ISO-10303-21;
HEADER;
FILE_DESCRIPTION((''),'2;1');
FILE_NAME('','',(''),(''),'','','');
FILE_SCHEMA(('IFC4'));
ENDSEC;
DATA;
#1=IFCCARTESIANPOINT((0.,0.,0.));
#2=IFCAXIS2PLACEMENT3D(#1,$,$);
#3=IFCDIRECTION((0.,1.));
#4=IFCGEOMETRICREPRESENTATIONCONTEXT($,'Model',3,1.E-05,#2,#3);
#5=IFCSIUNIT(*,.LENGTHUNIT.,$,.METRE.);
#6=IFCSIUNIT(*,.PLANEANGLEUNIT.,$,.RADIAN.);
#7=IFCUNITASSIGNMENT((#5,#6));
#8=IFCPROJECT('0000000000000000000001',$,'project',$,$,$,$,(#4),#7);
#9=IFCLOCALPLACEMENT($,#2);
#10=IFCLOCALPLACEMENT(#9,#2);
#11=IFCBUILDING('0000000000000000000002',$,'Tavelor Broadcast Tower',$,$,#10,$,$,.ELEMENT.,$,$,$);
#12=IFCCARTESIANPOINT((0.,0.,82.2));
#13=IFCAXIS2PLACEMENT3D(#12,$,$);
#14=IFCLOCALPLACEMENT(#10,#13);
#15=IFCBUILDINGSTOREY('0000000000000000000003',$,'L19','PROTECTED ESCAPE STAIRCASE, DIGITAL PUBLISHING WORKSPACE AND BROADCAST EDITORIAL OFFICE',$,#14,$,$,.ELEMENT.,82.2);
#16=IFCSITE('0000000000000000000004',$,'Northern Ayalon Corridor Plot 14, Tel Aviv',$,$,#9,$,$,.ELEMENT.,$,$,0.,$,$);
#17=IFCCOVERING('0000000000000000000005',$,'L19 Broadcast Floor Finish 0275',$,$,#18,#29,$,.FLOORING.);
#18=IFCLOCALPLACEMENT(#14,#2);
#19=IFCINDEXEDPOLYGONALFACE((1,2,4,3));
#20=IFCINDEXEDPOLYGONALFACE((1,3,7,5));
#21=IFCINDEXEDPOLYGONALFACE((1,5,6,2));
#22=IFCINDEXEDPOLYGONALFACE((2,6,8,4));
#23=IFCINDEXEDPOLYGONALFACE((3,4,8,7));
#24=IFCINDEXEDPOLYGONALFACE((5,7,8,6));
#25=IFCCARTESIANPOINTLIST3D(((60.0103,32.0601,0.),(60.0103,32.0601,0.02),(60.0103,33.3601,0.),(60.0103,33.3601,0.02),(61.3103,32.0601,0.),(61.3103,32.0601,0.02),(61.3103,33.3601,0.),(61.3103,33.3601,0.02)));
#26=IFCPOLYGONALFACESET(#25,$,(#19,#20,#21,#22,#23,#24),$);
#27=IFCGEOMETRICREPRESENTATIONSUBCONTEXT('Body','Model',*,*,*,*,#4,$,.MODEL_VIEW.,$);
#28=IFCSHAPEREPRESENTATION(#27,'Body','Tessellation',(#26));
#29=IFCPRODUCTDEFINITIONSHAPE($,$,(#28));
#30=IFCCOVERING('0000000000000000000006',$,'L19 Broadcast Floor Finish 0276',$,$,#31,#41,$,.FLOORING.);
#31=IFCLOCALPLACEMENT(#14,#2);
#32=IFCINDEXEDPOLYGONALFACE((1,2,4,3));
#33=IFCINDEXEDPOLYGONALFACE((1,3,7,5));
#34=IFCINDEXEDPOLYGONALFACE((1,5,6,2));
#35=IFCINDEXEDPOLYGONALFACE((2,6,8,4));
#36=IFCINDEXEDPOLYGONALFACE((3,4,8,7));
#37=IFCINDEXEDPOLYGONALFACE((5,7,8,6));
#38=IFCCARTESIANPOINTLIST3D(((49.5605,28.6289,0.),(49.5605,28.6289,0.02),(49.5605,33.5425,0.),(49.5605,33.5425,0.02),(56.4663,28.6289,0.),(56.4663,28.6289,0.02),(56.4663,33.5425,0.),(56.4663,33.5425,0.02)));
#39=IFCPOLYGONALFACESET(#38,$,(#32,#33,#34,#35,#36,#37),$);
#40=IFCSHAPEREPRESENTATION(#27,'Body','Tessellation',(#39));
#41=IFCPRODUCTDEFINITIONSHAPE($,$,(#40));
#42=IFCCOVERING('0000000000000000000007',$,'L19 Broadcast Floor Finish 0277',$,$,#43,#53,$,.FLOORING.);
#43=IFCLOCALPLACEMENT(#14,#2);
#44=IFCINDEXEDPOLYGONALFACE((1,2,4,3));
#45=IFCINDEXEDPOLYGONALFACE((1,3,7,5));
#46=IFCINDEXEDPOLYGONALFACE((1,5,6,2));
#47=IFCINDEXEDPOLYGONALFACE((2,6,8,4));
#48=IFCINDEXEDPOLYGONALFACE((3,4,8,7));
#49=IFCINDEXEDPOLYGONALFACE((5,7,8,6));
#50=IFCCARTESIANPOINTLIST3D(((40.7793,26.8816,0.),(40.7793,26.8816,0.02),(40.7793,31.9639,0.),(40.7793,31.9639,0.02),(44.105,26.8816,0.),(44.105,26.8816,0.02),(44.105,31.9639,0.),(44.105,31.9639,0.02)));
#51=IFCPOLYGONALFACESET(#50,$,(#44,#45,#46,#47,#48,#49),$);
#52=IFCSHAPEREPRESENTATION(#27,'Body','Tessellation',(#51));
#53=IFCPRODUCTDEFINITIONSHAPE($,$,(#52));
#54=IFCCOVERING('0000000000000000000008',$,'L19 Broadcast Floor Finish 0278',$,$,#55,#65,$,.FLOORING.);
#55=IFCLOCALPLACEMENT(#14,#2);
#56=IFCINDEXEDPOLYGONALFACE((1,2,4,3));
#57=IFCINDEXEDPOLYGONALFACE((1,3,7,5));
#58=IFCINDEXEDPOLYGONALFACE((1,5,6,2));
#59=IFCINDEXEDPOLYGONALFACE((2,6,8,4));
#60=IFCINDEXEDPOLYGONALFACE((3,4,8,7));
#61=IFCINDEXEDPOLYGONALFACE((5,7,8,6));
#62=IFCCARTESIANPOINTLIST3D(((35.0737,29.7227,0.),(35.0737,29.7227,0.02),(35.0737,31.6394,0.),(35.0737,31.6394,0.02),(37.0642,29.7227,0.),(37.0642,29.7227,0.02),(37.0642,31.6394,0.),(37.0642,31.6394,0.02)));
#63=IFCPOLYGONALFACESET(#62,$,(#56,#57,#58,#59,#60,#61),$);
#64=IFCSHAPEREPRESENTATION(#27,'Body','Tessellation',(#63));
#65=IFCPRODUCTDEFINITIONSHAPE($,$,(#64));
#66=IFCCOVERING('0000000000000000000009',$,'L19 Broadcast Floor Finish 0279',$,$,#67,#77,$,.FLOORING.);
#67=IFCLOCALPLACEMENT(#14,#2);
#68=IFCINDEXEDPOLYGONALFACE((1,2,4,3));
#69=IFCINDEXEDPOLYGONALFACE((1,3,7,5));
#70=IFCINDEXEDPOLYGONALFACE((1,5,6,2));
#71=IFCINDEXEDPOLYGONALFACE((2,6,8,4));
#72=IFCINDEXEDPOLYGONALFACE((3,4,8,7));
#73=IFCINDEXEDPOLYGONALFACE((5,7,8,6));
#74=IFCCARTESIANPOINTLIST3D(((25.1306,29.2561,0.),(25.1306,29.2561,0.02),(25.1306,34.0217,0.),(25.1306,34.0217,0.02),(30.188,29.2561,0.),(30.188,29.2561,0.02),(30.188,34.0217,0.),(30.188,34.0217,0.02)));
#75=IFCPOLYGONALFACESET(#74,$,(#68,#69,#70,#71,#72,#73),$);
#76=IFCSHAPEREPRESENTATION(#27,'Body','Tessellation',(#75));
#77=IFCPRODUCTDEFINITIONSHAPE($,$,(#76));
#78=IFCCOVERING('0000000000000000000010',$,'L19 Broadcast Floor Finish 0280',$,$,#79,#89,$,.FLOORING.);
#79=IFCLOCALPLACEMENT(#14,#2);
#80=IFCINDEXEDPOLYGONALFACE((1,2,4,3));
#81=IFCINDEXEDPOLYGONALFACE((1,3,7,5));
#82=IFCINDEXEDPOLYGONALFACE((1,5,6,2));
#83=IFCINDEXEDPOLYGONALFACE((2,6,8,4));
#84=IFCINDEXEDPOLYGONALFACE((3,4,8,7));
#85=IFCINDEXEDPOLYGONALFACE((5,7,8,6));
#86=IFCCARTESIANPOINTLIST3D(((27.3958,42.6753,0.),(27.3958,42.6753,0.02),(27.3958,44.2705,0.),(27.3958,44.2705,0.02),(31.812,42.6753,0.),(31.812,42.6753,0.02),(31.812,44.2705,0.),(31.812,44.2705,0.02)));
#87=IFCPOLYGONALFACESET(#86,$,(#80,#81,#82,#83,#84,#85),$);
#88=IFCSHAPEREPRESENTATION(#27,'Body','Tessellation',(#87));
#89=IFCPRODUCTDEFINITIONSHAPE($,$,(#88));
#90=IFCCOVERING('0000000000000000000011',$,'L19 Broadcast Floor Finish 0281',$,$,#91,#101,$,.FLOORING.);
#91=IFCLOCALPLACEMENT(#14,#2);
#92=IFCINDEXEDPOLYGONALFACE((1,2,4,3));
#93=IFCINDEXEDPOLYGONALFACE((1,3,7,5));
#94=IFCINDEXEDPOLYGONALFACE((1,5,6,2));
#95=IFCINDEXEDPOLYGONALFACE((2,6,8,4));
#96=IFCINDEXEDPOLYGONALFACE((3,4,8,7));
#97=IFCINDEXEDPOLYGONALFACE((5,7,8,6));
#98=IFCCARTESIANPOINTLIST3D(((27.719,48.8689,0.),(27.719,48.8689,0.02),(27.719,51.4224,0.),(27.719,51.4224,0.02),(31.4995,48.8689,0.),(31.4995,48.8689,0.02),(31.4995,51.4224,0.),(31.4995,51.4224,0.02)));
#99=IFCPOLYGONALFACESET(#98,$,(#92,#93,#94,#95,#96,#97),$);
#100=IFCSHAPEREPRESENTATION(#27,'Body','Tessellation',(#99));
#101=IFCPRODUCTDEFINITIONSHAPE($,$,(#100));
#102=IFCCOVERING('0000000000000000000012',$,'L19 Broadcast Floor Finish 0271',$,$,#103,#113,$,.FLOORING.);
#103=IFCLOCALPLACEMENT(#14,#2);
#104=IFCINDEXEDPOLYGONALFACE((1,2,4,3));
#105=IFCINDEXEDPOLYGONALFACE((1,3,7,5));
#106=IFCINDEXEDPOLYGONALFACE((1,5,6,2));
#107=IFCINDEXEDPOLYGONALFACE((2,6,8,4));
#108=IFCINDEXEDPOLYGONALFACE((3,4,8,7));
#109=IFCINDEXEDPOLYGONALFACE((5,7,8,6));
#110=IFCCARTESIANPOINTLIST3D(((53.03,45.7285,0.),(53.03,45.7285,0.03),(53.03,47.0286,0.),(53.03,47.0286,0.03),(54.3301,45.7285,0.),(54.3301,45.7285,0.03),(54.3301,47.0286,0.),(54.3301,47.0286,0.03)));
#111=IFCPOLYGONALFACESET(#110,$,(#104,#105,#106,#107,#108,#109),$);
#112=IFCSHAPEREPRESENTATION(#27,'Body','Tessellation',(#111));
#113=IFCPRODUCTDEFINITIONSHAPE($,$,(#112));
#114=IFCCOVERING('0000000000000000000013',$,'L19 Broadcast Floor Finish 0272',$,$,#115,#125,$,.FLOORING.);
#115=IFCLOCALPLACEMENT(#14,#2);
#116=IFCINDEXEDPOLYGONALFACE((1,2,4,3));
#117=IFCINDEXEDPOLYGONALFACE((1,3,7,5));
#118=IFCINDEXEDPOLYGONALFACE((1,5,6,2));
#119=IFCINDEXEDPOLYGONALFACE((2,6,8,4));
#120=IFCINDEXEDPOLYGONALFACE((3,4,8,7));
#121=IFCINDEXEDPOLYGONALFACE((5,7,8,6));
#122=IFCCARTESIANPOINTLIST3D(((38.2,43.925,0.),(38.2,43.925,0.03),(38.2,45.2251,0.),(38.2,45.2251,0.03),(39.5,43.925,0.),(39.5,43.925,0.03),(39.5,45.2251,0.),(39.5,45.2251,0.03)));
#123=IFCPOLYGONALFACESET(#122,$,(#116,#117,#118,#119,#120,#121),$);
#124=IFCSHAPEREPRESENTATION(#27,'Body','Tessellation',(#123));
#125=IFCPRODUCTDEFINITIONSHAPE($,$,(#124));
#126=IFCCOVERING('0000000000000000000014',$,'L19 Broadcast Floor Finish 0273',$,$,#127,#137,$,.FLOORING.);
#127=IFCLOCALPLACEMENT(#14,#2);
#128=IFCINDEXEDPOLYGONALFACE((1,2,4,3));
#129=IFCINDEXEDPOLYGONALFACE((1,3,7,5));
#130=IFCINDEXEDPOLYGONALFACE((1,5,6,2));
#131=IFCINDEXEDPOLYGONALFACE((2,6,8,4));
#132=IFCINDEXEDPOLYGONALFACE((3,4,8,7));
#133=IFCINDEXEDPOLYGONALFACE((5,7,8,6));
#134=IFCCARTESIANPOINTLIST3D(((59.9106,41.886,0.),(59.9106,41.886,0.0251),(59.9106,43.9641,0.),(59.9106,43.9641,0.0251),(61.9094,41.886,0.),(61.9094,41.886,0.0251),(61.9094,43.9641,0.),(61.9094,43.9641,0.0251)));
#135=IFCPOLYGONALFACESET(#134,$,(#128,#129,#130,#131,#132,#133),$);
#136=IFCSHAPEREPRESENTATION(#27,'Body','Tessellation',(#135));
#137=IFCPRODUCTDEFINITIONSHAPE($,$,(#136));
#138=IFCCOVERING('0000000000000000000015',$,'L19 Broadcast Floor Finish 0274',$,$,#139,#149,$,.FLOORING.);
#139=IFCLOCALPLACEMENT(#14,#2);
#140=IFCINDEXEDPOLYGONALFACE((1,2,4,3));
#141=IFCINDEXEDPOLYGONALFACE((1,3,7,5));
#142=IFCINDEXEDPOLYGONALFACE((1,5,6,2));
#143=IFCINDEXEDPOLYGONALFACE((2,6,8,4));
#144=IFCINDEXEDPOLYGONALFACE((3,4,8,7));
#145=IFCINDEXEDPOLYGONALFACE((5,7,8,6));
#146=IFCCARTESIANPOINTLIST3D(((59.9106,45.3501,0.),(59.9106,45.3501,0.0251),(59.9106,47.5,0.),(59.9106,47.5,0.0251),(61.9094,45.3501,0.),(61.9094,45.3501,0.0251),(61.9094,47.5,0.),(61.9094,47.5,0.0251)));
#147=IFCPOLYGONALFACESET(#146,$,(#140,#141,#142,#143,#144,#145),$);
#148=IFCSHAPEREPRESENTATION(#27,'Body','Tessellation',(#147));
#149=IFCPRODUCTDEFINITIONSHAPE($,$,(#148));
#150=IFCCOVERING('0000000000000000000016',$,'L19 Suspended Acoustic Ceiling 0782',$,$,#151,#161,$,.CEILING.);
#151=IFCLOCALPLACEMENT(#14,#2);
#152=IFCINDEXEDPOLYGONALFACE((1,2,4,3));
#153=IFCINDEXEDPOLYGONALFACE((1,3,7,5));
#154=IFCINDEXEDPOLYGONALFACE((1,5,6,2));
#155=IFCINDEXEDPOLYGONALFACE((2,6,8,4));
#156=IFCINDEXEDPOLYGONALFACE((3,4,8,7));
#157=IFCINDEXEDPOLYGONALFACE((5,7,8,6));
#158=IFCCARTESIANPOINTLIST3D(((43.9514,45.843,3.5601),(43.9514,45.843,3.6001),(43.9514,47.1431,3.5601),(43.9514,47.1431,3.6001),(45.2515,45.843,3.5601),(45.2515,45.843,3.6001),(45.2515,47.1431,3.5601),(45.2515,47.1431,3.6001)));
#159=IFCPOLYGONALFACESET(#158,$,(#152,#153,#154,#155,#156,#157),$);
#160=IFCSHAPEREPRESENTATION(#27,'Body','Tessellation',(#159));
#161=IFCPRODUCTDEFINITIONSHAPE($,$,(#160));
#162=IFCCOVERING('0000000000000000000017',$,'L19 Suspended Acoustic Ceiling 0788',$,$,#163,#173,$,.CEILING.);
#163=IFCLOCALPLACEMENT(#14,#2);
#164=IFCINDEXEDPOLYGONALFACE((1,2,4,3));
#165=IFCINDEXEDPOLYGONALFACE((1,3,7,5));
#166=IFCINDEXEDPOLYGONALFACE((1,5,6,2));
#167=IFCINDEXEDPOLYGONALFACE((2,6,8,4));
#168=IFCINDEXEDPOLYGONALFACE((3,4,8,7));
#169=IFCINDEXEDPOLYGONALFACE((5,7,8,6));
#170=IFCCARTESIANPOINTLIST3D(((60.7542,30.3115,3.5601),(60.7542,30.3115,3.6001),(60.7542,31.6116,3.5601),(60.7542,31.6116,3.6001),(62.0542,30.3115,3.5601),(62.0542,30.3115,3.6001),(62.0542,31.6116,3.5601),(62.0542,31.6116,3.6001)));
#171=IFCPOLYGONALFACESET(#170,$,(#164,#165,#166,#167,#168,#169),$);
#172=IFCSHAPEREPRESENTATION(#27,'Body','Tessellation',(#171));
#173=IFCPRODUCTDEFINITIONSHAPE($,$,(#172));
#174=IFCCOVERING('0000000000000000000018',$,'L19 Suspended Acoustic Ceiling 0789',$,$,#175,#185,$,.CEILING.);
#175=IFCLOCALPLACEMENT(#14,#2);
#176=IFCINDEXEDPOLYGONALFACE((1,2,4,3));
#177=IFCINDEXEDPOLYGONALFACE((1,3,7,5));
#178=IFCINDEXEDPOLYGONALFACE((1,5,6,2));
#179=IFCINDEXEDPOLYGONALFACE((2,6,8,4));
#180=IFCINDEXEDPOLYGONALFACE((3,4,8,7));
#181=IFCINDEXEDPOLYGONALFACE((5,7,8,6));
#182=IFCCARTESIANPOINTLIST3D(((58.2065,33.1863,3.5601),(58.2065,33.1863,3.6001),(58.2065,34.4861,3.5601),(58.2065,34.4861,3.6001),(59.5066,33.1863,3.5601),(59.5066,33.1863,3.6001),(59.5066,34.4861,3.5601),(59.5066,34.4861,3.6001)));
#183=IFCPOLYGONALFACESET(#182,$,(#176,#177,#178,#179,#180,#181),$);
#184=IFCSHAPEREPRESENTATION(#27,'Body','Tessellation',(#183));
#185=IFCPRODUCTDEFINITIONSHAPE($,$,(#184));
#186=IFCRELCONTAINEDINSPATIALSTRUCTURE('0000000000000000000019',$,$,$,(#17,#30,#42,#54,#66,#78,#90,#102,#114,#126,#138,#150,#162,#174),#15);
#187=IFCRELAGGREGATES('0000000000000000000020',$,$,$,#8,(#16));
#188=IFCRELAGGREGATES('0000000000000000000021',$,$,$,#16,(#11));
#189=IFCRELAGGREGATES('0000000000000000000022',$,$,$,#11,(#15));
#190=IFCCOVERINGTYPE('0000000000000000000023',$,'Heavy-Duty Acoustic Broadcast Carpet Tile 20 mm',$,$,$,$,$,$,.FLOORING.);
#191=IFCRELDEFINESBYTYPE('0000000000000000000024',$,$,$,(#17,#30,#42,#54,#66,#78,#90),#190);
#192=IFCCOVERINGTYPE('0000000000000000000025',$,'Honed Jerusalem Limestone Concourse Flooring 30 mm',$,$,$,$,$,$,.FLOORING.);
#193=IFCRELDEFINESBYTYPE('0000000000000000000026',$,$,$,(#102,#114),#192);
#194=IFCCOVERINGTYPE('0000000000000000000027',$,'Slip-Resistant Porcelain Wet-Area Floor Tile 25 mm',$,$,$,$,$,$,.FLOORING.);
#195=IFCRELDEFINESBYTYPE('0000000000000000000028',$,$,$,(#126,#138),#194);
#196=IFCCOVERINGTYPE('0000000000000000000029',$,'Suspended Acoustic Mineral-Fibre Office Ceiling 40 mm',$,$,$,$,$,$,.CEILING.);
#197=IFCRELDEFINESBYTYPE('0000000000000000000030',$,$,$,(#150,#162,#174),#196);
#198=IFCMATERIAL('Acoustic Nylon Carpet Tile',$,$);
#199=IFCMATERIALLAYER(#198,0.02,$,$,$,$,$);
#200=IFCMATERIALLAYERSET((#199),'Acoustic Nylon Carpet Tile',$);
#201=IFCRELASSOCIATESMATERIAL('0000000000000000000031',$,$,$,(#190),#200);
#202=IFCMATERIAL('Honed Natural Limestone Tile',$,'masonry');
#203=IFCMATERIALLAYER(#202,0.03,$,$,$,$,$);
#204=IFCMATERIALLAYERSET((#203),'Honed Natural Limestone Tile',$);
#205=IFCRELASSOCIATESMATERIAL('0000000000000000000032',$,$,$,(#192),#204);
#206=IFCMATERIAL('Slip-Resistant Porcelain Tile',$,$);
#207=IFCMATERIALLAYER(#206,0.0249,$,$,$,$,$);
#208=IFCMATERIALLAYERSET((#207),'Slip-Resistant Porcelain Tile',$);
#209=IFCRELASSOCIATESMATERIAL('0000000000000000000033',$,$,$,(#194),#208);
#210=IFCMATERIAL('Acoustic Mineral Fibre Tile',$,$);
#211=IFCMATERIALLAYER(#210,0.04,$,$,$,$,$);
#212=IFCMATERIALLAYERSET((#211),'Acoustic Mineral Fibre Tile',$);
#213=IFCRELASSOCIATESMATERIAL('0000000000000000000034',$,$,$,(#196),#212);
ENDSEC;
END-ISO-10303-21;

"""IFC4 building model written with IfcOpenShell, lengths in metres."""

from ifc_helpers import new_model, si_unit, direction, frame, origin, place, context, subcontext, project, spatial, polyline, outline, extrude, material, layer, layer_set, type_object, element, save


model = new_model("IFC4")

# Units and contexts
model_context = context("Model", 3, precision=1e-05, world=origin(), true_north=direction((0.0, 1.0)))
body_context = subcontext(model_context, "Body", "Model", "MODEL_VIEW")
ifc_project = project(units=[si_unit("LENGTHUNIT", "METRE"), si_unit("PLANEANGLEUNIT", "RADIAN")], contexts=[model_context])

# Site, building, storey
site_placement = place(None, origin())
site = spatial("IfcSite", under=ifc_project, at=site_placement, Name="Northern Ayalon Corridor Plot 14, Tel Aviv", CompositionType="ELEMENT", RefElevation=0.0)
building_placement = place(site_placement, origin())
building = spatial("IfcBuilding", under=site, at=building_placement, Name="Tavelor Broadcast Tower", CompositionType="ELEMENT")
storey_placement = place(building_placement, frame((0.0, 0.0, 82.2)))
storey = spatial("IfcBuildingStorey", under=building, at=storey_placement, Name="L19", Description="PROTECTED ESCAPE STAIRCASE, DIGITAL PUBLISHING WORKSPACE AND BROADCAST EDITORIAL OFFICE", CompositionType="ELEMENT", Elevation=82.2)

# Coverings
ifc_material_1 = material(Name="Acoustic Nylon Carpet Tile")
ifc_layer_1 = layer(ifc_material_1, 0.02)
ifc_layer_set_1 = layer_set([ifc_layer_1], Name="Acoustic Nylon Carpet Tile")
covering_type_1 = type_object("IfcCoveringType", Name="Heavy-Duty Acoustic Broadcast Carpet Tile 20 mm", PredefinedType="FLOORING", material=ifc_layer_set_1)
covering_1_placement = place(storey_placement, origin())
element("IfcCovering", 1, at=covering_1_placement, inside=storey, type_object=covering_type_1, Name="L19 Broadcast Floor Finish 0275", PredefinedType="FLOORING", context=body_context, shape_type="SweptSolid", body=[
    extrude(outline(polyline([(60.0103, 32.0601), (61.3103, 32.0601), (61.3103, 33.3601), (60.0103, 33.3601), (60.0103, 32.0601)])), origin(), (0.0, 0.0, 1.0), 0.02),
])
covering_2_placement = place(storey_placement, origin())
element("IfcCovering", 2, at=covering_2_placement, inside=storey, type_object=covering_type_1, Name="L19 Broadcast Floor Finish 0276", PredefinedType="FLOORING", context=body_context, shape_type="SweptSolid", body=[
    extrude(outline(polyline([(49.5605, 28.6289), (56.4663, 28.6289), (56.4663, 33.5425), (49.5605, 33.5425), (49.5605, 28.6289)])), origin(), (0.0, 0.0, 1.0), 0.02),
])
covering_3_placement = place(storey_placement, origin())
element("IfcCovering", 3, at=covering_3_placement, inside=storey, type_object=covering_type_1, Name="L19 Broadcast Floor Finish 0277", PredefinedType="FLOORING", context=body_context, shape_type="SweptSolid", body=[
    extrude(outline(polyline([(40.7793, 26.8816), (44.105, 26.8816), (44.105, 31.9639), (40.7793, 31.9639), (40.7793, 26.8816)])), origin(), (0.0, 0.0, 1.0), 0.02),
])
covering_4_placement = place(storey_placement, origin())
element("IfcCovering", 4, at=covering_4_placement, inside=storey, type_object=covering_type_1, Name="L19 Broadcast Floor Finish 0278", PredefinedType="FLOORING", context=body_context, shape_type="SweptSolid", body=[
    extrude(outline(polyline([(35.0737, 29.7227), (37.0642, 29.7227), (37.0642, 31.6394), (35.0737, 31.6394), (35.0737, 29.7227)])), origin(), (0.0, 0.0, 1.0), 0.02),
])
covering_5_placement = place(storey_placement, origin())
element("IfcCovering", 5, at=covering_5_placement, inside=storey, type_object=covering_type_1, Name="L19 Broadcast Floor Finish 0279", PredefinedType="FLOORING", context=body_context, shape_type="SweptSolid", body=[
    extrude(outline(polyline([(25.1306, 29.2561), (30.188, 29.2561), (30.188, 34.0217), (25.1306, 34.0217), (25.1306, 29.2561)])), origin(), (0.0, 0.0, 1.0), 0.02),
])
covering_6_placement = place(storey_placement, origin())
element("IfcCovering", 6, at=covering_6_placement, inside=storey, type_object=covering_type_1, Name="L19 Broadcast Floor Finish 0280", PredefinedType="FLOORING", context=body_context, shape_type="SweptSolid", body=[
    extrude(outline(polyline([(27.3958, 42.6753), (31.812, 42.6753), (31.812, 44.2705), (27.3958, 44.2705), (27.3958, 42.6753)])), origin(), (0.0, 0.0, 1.0), 0.02),
])
covering_7_placement = place(storey_placement, origin())
element("IfcCovering", 7, at=covering_7_placement, inside=storey, type_object=covering_type_1, Name="L19 Broadcast Floor Finish 0281", PredefinedType="FLOORING", context=body_context, shape_type="SweptSolid", body=[
    extrude(outline(polyline([(27.719, 48.8689), (31.4995, 48.8689), (31.4995, 51.4224), (27.719, 51.4224), (27.719, 48.8689)])), origin(), (0.0, 0.0, 1.0), 0.02),
])
ifc_material_2 = material(Name="Honed Natural Limestone Tile", Category="masonry")
ifc_layer_2 = layer(ifc_material_2, 0.03)
ifc_layer_set_2 = layer_set([ifc_layer_2], Name="Honed Natural Limestone Tile")
covering_type_2 = type_object("IfcCoveringType", Name="Honed Jerusalem Limestone Concourse Flooring 30 mm", PredefinedType="FLOORING", material=ifc_layer_set_2)
covering_8_placement = place(storey_placement, origin())
element("IfcCovering", 8, at=covering_8_placement, inside=storey, type_object=covering_type_2, Name="L19 Broadcast Floor Finish 0271", PredefinedType="FLOORING", context=body_context, shape_type="SweptSolid", body=[
    extrude(outline(polyline([(53.03, 45.7285), (54.3301, 45.7285), (54.3301, 47.0286), (53.03, 47.0286), (53.03, 45.7285)])), origin(), (0.0, 0.0, 1.0), 0.03),
])
covering_9_placement = place(storey_placement, origin())
element("IfcCovering", 9, at=covering_9_placement, inside=storey, type_object=covering_type_2, Name="L19 Broadcast Floor Finish 0272", PredefinedType="FLOORING", context=body_context, shape_type="SweptSolid", body=[
    extrude(outline(polyline([(38.2, 43.925), (39.5, 43.925), (39.5, 45.2251), (38.2, 45.2251), (38.2, 43.925)])), origin(), (0.0, 0.0, 1.0), 0.03),
])
ifc_material_3 = material(Name="Slip-Resistant Porcelain Tile")
ifc_layer_3 = layer(ifc_material_3, 0.0249)
ifc_layer_set_3 = layer_set([ifc_layer_3], Name="Slip-Resistant Porcelain Tile")
covering_type_3 = type_object("IfcCoveringType", Name="Slip-Resistant Porcelain Wet-Area Floor Tile 25 mm", PredefinedType="FLOORING", material=ifc_layer_set_3)
covering_10_placement = place(storey_placement, origin())
element("IfcCovering", 10, at=covering_10_placement, inside=storey, type_object=covering_type_3, Name="L19 Broadcast Floor Finish 0273", PredefinedType="FLOORING", context=body_context, shape_type="SweptSolid", body=[
    extrude(outline(polyline([(59.9106, 41.886), (61.9094, 41.886), (61.9094, 43.9641), (59.9106, 43.9641), (59.9106, 41.886)])), origin(), (0.0, 0.0, 1.0), 0.0251),
])
covering_11_placement = place(storey_placement, origin())
element("IfcCovering", 11, at=covering_11_placement, inside=storey, type_object=covering_type_3, Name="L19 Broadcast Floor Finish 0274", PredefinedType="FLOORING", context=body_context, shape_type="SweptSolid", body=[
    extrude(outline(polyline([(59.9106, 45.3501), (61.9094, 45.3501), (61.9094, 47.5), (59.9106, 47.5), (59.9106, 45.3501)])), origin(), (0.0, 0.0, 1.0), 0.0251),
])
ifc_material_4 = material(Name="Acoustic Mineral Fibre Tile")
ifc_layer_4 = layer(ifc_material_4, 0.04)
ifc_layer_set_4 = layer_set([ifc_layer_4], Name="Acoustic Mineral Fibre Tile")
covering_type_4 = type_object("IfcCoveringType", Name="Suspended Acoustic Mineral-Fibre Office Ceiling 40 mm", PredefinedType="CEILING", material=ifc_layer_set_4)
covering_12_placement = place(storey_placement, frame((0.0, 0.0, 3.5601)))
element("IfcCovering", 12, at=covering_12_placement, inside=storey, type_object=covering_type_4, Name="L19 Suspended Acoustic Ceiling 0782", PredefinedType="CEILING", context=body_context, shape_type="SweptSolid", body=[
    extrude(outline(polyline([(43.9514, 45.843), (45.2515, 45.843), (45.2515, 47.1431), (43.9514, 47.1431), (43.9514, 45.843)])), origin(), (0.0, 0.0, 1.0), 0.04),
])
covering_13_placement = place(storey_placement, frame((0.0, 0.0, 3.5601)))
element("IfcCovering", 13, at=covering_13_placement, inside=storey, type_object=covering_type_4, Name="L19 Suspended Acoustic Ceiling 0788", PredefinedType="CEILING", context=body_context, shape_type="SweptSolid", body=[
    extrude(outline(polyline([(60.7542, 30.3115), (62.0542, 30.3115), (62.0542, 31.6116), (60.7542, 31.6116), (60.7542, 30.3115)])), origin(), (0.0, 0.0, 1.0), 0.04),
])
covering_14_placement = place(storey_placement, frame((0.0, 0.0, 3.5601)))
element("IfcCovering", 14, at=covering_14_placement, inside=storey, type_object=covering_type_4, Name="L19 Suspended Acoustic Ceiling 0789", PredefinedType="CEILING", context=body_context, shape_type="SweptSolid", body=[
    extrude(outline(polyline([(58.2065, 33.1863), (59.5066, 33.1863), (59.5066, 34.4861), (58.2065, 34.4861), (58.2065, 33.1863)])), origin(), (0.0, 0.0, 1.0), 0.04),
])

save(model, "model.ifc")
